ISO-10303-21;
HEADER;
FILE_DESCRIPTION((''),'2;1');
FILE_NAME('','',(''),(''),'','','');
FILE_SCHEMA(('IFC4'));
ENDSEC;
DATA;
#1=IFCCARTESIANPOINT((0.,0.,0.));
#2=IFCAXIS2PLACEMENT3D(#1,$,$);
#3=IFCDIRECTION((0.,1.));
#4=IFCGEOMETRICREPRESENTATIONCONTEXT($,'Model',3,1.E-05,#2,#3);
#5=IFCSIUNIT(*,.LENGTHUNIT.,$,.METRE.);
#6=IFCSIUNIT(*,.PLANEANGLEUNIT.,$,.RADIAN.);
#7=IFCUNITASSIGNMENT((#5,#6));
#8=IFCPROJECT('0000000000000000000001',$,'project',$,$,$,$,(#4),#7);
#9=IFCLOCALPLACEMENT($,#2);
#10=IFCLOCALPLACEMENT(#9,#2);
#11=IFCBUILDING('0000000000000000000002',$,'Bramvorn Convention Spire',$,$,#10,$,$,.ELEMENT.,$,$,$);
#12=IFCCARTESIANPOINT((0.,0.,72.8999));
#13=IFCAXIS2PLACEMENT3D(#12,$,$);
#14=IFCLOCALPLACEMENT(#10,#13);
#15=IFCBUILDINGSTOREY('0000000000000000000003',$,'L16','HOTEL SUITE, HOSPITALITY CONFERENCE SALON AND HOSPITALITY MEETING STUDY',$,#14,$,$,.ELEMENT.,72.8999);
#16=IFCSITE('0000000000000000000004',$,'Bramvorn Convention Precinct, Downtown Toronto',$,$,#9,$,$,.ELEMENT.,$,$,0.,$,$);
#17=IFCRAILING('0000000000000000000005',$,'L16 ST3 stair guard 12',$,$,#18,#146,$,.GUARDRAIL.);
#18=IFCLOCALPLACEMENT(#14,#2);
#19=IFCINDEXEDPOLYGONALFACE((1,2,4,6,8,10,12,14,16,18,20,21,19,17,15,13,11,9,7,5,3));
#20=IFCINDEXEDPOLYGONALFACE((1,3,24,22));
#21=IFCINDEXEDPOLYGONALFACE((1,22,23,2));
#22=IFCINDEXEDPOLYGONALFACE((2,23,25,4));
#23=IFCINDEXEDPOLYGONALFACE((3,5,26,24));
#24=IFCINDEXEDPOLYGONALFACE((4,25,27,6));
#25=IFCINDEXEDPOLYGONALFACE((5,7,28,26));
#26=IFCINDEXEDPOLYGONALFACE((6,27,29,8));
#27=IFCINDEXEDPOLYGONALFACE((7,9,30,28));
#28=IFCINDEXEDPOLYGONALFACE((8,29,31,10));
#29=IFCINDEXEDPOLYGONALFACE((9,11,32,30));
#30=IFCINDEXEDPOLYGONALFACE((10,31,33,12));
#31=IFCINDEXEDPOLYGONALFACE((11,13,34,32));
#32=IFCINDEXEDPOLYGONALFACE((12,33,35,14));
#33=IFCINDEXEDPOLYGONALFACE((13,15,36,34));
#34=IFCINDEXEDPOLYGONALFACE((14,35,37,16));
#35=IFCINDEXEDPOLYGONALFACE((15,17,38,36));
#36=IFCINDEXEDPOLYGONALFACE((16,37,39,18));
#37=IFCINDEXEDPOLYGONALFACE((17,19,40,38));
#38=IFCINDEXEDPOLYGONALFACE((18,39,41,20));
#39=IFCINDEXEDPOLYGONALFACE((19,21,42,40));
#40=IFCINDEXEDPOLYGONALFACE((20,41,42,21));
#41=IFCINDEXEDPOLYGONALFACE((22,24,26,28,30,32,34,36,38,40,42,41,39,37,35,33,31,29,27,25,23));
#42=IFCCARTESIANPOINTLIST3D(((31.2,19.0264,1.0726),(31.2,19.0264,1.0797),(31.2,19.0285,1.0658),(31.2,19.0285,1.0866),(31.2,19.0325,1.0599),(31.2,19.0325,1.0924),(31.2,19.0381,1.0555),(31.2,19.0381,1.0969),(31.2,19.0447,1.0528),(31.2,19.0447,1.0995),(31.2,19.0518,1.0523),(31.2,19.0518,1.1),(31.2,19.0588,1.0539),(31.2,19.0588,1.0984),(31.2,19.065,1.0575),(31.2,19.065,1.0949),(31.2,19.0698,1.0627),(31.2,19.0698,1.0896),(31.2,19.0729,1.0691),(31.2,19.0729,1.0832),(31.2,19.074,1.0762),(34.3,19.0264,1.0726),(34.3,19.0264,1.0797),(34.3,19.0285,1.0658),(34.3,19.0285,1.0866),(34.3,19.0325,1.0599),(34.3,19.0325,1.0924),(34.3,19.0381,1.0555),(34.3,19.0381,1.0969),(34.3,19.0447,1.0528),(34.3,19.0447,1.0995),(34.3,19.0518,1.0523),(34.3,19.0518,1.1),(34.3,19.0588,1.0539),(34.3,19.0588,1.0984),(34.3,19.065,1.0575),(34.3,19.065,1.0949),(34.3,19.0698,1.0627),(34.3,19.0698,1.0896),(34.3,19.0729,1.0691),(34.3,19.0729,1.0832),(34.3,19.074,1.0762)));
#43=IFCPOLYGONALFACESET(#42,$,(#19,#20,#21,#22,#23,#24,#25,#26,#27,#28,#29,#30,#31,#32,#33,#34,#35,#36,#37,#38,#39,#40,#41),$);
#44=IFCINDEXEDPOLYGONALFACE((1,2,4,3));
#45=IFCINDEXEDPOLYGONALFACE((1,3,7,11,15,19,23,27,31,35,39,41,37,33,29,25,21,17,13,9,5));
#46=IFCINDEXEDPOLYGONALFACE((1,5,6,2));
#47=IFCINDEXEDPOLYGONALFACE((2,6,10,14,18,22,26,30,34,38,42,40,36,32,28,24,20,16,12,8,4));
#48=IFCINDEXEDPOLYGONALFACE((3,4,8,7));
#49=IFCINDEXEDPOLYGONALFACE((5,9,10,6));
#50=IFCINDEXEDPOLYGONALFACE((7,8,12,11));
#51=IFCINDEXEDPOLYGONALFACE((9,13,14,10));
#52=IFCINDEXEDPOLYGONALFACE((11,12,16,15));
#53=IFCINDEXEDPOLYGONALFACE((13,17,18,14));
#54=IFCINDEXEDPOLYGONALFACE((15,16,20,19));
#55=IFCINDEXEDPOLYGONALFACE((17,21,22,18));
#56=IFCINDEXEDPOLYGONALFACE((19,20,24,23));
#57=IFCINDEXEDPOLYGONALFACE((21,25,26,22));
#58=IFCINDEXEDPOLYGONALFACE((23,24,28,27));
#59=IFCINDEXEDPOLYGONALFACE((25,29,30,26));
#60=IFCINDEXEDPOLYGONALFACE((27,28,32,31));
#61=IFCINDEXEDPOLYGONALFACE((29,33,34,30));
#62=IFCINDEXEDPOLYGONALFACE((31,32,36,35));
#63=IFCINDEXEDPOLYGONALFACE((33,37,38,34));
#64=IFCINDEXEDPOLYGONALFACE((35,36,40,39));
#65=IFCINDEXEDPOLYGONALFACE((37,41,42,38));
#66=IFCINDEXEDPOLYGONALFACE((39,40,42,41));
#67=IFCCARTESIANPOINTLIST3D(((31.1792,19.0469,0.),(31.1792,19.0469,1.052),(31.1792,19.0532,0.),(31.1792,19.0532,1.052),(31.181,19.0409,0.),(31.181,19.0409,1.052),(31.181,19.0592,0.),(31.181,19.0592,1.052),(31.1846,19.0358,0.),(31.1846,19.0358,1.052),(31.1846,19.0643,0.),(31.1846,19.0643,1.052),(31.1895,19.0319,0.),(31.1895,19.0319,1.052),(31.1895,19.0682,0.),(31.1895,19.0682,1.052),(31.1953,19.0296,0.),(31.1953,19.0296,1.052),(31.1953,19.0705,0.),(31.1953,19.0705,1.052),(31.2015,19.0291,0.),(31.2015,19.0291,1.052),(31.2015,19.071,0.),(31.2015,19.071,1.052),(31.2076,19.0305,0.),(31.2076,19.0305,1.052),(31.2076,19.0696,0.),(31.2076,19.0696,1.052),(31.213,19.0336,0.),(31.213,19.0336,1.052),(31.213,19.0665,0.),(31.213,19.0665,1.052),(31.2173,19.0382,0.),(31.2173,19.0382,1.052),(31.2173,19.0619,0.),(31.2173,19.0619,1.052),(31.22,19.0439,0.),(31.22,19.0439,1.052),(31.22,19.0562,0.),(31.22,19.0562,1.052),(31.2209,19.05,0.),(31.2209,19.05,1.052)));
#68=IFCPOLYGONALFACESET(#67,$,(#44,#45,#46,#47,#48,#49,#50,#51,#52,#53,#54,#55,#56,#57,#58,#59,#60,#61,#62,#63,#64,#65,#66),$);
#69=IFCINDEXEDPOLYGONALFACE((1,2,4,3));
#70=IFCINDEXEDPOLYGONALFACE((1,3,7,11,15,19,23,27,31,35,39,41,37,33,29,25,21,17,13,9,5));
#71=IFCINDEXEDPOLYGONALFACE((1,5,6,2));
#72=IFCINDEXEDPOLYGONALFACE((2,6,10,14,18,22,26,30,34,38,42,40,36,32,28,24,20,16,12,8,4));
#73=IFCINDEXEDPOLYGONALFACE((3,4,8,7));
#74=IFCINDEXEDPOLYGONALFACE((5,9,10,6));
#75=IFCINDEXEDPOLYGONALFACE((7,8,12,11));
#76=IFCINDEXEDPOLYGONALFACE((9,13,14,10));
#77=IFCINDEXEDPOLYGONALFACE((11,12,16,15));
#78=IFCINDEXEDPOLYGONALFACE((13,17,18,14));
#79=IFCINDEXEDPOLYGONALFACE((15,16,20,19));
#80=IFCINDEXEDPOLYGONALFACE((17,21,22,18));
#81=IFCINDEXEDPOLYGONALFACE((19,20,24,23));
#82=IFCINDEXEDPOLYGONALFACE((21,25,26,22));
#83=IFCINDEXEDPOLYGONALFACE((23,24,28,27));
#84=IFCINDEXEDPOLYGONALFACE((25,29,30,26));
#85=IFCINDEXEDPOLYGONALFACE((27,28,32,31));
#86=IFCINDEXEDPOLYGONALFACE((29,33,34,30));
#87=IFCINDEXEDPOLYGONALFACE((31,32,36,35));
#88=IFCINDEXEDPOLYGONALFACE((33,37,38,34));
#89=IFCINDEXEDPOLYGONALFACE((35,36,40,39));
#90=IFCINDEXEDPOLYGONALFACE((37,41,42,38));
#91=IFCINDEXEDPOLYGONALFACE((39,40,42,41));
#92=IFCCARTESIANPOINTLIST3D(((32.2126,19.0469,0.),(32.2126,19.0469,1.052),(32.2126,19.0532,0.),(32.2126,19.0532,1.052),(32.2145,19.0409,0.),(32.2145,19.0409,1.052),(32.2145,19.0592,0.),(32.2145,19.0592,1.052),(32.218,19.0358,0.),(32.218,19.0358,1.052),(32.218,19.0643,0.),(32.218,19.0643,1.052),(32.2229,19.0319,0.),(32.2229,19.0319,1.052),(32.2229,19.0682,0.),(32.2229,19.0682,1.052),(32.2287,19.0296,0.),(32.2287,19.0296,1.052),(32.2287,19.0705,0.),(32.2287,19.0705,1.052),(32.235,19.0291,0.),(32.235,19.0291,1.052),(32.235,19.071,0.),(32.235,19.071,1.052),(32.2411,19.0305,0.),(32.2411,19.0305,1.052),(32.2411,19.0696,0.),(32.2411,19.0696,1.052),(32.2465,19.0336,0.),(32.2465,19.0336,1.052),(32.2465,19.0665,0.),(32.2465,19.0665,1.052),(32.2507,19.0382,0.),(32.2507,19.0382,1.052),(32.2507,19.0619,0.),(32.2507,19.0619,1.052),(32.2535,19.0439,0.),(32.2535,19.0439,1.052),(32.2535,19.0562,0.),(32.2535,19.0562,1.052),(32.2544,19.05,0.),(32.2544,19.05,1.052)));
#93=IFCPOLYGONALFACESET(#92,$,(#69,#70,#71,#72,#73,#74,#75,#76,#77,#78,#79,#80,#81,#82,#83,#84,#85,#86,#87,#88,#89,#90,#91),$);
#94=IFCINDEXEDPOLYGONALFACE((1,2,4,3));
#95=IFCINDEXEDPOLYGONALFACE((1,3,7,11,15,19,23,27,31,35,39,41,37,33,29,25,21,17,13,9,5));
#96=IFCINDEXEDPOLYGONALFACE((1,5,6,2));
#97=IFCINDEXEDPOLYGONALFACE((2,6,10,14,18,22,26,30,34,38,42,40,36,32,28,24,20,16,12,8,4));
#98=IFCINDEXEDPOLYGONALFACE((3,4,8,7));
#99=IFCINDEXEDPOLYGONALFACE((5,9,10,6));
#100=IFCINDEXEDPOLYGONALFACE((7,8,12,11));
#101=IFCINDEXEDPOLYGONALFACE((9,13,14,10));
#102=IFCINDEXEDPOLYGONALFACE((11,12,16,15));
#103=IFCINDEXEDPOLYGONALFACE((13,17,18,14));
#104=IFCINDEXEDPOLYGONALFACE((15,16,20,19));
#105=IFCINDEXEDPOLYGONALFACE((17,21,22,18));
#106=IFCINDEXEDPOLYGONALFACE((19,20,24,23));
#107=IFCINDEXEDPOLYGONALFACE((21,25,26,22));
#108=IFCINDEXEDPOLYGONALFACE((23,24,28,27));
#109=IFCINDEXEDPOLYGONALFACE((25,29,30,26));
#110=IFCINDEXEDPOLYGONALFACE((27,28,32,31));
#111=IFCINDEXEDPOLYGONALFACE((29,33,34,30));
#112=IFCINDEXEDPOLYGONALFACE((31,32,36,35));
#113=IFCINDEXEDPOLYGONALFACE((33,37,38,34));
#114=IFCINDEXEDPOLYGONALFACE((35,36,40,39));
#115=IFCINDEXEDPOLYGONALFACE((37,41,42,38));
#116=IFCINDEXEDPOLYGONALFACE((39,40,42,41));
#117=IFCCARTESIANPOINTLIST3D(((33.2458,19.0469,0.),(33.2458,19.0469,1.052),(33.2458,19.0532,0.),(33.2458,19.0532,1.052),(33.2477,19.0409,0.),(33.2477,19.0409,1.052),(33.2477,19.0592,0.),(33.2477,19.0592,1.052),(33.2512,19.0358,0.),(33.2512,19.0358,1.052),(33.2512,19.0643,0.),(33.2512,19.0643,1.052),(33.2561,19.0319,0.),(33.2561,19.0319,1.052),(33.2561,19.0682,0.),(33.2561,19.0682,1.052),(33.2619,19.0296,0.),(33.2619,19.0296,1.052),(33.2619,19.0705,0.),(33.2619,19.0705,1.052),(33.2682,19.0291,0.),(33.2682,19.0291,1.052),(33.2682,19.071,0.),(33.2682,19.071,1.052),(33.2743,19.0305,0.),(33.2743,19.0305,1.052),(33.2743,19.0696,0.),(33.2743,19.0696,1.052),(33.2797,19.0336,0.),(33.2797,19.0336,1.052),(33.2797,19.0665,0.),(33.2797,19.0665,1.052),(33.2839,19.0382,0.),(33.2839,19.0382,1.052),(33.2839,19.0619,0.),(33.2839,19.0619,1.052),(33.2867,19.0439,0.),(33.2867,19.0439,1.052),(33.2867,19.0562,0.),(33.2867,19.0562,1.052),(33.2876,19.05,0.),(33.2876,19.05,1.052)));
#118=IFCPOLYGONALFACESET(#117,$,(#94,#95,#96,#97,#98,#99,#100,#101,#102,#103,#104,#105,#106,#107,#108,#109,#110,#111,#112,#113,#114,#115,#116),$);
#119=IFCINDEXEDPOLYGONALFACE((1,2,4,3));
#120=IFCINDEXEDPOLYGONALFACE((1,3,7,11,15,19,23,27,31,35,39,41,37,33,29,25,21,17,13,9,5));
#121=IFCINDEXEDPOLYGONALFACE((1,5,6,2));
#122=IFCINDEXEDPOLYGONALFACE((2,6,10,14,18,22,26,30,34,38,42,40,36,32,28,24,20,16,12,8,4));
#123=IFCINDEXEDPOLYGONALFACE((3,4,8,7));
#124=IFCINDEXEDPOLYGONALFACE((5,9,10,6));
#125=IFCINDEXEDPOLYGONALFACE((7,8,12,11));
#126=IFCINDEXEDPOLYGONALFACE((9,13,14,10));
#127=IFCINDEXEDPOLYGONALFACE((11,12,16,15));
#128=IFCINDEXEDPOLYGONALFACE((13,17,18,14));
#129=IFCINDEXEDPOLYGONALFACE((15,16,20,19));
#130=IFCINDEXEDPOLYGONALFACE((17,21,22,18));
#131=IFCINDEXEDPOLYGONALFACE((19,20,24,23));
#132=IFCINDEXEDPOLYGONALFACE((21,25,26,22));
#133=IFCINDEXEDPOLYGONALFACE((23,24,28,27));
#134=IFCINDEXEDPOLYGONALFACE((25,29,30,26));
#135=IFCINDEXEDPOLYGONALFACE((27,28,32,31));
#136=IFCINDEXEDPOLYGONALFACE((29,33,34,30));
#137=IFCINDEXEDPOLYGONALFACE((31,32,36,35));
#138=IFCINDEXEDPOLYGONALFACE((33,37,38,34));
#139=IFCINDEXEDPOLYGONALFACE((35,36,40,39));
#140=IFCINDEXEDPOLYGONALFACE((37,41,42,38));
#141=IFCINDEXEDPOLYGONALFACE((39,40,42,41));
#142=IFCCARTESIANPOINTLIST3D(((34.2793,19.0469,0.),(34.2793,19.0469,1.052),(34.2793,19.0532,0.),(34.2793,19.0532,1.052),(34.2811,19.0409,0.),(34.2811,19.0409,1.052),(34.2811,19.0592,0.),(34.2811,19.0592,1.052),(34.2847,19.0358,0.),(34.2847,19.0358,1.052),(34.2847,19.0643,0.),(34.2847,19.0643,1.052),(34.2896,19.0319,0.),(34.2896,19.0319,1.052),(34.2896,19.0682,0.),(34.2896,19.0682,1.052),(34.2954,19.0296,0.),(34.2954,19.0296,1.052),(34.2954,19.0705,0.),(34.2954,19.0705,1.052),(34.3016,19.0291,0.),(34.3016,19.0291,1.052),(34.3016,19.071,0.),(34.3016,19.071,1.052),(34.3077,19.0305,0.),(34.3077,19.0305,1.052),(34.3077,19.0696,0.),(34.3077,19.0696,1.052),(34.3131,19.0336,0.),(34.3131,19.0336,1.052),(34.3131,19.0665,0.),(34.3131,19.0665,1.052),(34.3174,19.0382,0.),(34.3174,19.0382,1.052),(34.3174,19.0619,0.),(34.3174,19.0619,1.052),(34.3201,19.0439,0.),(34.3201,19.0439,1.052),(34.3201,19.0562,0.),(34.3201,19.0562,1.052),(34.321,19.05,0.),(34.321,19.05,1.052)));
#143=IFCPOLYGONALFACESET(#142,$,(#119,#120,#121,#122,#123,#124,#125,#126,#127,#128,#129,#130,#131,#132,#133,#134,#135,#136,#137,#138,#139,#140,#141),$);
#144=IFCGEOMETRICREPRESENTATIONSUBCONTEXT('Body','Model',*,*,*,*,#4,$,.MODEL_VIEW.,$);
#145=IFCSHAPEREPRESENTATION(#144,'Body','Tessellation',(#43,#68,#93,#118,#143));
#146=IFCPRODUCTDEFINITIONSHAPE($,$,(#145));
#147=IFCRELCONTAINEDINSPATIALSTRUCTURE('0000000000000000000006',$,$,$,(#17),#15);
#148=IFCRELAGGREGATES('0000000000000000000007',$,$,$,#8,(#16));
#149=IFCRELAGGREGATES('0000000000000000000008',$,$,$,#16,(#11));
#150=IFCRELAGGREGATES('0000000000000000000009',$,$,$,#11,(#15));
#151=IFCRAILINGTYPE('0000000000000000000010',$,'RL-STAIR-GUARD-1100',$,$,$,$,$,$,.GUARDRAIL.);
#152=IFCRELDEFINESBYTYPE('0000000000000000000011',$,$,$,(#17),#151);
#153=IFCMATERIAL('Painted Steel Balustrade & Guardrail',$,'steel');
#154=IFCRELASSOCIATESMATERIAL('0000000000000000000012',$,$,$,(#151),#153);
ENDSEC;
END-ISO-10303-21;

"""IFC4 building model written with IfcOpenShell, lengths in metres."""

from ifc_helpers import new_model, si_unit, direction, frame, origin, origin_2d, place, context, subcontext, project, spatial, circle, extrude, material, type_object, element, save


model = new_model("IFC4")

# Units and contexts
model_context = context("Model", 3, precision=1e-05, world=origin(), true_north=direction((0.0, 1.0)))
body_context = subcontext(model_context, "Body", "Model", "MODEL_VIEW")
ifc_project = project(units=[si_unit("LENGTHUNIT", "METRE"), si_unit("PLANEANGLEUNIT", "RADIAN")], contexts=[model_context])

# Site, building, storey
site_placement = place(None, origin())
site = spatial("IfcSite", under=ifc_project, at=site_placement, Name="Bramvorn Convention Precinct, Downtown Toronto", CompositionType="ELEMENT", RefElevation=0.0)
building_placement = place(site_placement, origin())
building = spatial("IfcBuilding", under=site, at=building_placement, Name="Bramvorn Convention Spire", CompositionType="ELEMENT")
storey_placement = place(building_placement, frame((0.0, 0.0, 72.8999)))
storey = spatial("IfcBuildingStorey", under=building, at=storey_placement, Name="L16", Description="HOTEL SUITE, HOSPITALITY CONFERENCE SALON AND HOSPITALITY MEETING STUDY", CompositionType="ELEMENT", Elevation=72.8999)

# Railing
ifc_material_1 = material(Name="Painted Steel Balustrade & Guardrail", Category="steel")
railing_type_1 = type_object("IfcRailingType", Name="RL-STAIR-GUARD-1100", PredefinedType="GUARDRAIL", material=ifc_material_1)
railing_1_placement = place(storey_placement, frame((31.2, 19.05, 0.0)))
element("IfcRailing", 1, at=railing_1_placement, inside=storey, type_object=railing_type_1, Name="L16 ST3 stair guard 12", PredefinedType="GUARDRAIL", context=body_context, shape_type="SweptSolid", body=[
    extrude(circle(Radius=0.0239, at=origin_2d()), frame((0.0, 0.0, 1.0762), z_axis=(1.0, 0.0, 0.0), x_axis=(0.0, 1.0, 0.0)), (0.0, 0.0, 1.0), 3.1001),
    extrude(circle(Radius=0.021, at=origin_2d()), origin(), (0.0, 0.0, 1.0), 1.052),
    extrude(circle(Radius=0.021, at=origin_2d()), frame((1.0334, 0.0, 0.0)), (0.0, 0.0, 1.0), 1.052),
    extrude(circle(Radius=0.021, at=origin_2d()), frame((2.0667, 0.0, 0.0)), (0.0, 0.0, 1.0), 1.052),
    extrude(circle(Radius=0.021, at=origin_2d()), frame((3.1001, 0.0, 0.0)), (0.0, 0.0, 1.0), 1.052),
])

save(model, "model.ifc")
